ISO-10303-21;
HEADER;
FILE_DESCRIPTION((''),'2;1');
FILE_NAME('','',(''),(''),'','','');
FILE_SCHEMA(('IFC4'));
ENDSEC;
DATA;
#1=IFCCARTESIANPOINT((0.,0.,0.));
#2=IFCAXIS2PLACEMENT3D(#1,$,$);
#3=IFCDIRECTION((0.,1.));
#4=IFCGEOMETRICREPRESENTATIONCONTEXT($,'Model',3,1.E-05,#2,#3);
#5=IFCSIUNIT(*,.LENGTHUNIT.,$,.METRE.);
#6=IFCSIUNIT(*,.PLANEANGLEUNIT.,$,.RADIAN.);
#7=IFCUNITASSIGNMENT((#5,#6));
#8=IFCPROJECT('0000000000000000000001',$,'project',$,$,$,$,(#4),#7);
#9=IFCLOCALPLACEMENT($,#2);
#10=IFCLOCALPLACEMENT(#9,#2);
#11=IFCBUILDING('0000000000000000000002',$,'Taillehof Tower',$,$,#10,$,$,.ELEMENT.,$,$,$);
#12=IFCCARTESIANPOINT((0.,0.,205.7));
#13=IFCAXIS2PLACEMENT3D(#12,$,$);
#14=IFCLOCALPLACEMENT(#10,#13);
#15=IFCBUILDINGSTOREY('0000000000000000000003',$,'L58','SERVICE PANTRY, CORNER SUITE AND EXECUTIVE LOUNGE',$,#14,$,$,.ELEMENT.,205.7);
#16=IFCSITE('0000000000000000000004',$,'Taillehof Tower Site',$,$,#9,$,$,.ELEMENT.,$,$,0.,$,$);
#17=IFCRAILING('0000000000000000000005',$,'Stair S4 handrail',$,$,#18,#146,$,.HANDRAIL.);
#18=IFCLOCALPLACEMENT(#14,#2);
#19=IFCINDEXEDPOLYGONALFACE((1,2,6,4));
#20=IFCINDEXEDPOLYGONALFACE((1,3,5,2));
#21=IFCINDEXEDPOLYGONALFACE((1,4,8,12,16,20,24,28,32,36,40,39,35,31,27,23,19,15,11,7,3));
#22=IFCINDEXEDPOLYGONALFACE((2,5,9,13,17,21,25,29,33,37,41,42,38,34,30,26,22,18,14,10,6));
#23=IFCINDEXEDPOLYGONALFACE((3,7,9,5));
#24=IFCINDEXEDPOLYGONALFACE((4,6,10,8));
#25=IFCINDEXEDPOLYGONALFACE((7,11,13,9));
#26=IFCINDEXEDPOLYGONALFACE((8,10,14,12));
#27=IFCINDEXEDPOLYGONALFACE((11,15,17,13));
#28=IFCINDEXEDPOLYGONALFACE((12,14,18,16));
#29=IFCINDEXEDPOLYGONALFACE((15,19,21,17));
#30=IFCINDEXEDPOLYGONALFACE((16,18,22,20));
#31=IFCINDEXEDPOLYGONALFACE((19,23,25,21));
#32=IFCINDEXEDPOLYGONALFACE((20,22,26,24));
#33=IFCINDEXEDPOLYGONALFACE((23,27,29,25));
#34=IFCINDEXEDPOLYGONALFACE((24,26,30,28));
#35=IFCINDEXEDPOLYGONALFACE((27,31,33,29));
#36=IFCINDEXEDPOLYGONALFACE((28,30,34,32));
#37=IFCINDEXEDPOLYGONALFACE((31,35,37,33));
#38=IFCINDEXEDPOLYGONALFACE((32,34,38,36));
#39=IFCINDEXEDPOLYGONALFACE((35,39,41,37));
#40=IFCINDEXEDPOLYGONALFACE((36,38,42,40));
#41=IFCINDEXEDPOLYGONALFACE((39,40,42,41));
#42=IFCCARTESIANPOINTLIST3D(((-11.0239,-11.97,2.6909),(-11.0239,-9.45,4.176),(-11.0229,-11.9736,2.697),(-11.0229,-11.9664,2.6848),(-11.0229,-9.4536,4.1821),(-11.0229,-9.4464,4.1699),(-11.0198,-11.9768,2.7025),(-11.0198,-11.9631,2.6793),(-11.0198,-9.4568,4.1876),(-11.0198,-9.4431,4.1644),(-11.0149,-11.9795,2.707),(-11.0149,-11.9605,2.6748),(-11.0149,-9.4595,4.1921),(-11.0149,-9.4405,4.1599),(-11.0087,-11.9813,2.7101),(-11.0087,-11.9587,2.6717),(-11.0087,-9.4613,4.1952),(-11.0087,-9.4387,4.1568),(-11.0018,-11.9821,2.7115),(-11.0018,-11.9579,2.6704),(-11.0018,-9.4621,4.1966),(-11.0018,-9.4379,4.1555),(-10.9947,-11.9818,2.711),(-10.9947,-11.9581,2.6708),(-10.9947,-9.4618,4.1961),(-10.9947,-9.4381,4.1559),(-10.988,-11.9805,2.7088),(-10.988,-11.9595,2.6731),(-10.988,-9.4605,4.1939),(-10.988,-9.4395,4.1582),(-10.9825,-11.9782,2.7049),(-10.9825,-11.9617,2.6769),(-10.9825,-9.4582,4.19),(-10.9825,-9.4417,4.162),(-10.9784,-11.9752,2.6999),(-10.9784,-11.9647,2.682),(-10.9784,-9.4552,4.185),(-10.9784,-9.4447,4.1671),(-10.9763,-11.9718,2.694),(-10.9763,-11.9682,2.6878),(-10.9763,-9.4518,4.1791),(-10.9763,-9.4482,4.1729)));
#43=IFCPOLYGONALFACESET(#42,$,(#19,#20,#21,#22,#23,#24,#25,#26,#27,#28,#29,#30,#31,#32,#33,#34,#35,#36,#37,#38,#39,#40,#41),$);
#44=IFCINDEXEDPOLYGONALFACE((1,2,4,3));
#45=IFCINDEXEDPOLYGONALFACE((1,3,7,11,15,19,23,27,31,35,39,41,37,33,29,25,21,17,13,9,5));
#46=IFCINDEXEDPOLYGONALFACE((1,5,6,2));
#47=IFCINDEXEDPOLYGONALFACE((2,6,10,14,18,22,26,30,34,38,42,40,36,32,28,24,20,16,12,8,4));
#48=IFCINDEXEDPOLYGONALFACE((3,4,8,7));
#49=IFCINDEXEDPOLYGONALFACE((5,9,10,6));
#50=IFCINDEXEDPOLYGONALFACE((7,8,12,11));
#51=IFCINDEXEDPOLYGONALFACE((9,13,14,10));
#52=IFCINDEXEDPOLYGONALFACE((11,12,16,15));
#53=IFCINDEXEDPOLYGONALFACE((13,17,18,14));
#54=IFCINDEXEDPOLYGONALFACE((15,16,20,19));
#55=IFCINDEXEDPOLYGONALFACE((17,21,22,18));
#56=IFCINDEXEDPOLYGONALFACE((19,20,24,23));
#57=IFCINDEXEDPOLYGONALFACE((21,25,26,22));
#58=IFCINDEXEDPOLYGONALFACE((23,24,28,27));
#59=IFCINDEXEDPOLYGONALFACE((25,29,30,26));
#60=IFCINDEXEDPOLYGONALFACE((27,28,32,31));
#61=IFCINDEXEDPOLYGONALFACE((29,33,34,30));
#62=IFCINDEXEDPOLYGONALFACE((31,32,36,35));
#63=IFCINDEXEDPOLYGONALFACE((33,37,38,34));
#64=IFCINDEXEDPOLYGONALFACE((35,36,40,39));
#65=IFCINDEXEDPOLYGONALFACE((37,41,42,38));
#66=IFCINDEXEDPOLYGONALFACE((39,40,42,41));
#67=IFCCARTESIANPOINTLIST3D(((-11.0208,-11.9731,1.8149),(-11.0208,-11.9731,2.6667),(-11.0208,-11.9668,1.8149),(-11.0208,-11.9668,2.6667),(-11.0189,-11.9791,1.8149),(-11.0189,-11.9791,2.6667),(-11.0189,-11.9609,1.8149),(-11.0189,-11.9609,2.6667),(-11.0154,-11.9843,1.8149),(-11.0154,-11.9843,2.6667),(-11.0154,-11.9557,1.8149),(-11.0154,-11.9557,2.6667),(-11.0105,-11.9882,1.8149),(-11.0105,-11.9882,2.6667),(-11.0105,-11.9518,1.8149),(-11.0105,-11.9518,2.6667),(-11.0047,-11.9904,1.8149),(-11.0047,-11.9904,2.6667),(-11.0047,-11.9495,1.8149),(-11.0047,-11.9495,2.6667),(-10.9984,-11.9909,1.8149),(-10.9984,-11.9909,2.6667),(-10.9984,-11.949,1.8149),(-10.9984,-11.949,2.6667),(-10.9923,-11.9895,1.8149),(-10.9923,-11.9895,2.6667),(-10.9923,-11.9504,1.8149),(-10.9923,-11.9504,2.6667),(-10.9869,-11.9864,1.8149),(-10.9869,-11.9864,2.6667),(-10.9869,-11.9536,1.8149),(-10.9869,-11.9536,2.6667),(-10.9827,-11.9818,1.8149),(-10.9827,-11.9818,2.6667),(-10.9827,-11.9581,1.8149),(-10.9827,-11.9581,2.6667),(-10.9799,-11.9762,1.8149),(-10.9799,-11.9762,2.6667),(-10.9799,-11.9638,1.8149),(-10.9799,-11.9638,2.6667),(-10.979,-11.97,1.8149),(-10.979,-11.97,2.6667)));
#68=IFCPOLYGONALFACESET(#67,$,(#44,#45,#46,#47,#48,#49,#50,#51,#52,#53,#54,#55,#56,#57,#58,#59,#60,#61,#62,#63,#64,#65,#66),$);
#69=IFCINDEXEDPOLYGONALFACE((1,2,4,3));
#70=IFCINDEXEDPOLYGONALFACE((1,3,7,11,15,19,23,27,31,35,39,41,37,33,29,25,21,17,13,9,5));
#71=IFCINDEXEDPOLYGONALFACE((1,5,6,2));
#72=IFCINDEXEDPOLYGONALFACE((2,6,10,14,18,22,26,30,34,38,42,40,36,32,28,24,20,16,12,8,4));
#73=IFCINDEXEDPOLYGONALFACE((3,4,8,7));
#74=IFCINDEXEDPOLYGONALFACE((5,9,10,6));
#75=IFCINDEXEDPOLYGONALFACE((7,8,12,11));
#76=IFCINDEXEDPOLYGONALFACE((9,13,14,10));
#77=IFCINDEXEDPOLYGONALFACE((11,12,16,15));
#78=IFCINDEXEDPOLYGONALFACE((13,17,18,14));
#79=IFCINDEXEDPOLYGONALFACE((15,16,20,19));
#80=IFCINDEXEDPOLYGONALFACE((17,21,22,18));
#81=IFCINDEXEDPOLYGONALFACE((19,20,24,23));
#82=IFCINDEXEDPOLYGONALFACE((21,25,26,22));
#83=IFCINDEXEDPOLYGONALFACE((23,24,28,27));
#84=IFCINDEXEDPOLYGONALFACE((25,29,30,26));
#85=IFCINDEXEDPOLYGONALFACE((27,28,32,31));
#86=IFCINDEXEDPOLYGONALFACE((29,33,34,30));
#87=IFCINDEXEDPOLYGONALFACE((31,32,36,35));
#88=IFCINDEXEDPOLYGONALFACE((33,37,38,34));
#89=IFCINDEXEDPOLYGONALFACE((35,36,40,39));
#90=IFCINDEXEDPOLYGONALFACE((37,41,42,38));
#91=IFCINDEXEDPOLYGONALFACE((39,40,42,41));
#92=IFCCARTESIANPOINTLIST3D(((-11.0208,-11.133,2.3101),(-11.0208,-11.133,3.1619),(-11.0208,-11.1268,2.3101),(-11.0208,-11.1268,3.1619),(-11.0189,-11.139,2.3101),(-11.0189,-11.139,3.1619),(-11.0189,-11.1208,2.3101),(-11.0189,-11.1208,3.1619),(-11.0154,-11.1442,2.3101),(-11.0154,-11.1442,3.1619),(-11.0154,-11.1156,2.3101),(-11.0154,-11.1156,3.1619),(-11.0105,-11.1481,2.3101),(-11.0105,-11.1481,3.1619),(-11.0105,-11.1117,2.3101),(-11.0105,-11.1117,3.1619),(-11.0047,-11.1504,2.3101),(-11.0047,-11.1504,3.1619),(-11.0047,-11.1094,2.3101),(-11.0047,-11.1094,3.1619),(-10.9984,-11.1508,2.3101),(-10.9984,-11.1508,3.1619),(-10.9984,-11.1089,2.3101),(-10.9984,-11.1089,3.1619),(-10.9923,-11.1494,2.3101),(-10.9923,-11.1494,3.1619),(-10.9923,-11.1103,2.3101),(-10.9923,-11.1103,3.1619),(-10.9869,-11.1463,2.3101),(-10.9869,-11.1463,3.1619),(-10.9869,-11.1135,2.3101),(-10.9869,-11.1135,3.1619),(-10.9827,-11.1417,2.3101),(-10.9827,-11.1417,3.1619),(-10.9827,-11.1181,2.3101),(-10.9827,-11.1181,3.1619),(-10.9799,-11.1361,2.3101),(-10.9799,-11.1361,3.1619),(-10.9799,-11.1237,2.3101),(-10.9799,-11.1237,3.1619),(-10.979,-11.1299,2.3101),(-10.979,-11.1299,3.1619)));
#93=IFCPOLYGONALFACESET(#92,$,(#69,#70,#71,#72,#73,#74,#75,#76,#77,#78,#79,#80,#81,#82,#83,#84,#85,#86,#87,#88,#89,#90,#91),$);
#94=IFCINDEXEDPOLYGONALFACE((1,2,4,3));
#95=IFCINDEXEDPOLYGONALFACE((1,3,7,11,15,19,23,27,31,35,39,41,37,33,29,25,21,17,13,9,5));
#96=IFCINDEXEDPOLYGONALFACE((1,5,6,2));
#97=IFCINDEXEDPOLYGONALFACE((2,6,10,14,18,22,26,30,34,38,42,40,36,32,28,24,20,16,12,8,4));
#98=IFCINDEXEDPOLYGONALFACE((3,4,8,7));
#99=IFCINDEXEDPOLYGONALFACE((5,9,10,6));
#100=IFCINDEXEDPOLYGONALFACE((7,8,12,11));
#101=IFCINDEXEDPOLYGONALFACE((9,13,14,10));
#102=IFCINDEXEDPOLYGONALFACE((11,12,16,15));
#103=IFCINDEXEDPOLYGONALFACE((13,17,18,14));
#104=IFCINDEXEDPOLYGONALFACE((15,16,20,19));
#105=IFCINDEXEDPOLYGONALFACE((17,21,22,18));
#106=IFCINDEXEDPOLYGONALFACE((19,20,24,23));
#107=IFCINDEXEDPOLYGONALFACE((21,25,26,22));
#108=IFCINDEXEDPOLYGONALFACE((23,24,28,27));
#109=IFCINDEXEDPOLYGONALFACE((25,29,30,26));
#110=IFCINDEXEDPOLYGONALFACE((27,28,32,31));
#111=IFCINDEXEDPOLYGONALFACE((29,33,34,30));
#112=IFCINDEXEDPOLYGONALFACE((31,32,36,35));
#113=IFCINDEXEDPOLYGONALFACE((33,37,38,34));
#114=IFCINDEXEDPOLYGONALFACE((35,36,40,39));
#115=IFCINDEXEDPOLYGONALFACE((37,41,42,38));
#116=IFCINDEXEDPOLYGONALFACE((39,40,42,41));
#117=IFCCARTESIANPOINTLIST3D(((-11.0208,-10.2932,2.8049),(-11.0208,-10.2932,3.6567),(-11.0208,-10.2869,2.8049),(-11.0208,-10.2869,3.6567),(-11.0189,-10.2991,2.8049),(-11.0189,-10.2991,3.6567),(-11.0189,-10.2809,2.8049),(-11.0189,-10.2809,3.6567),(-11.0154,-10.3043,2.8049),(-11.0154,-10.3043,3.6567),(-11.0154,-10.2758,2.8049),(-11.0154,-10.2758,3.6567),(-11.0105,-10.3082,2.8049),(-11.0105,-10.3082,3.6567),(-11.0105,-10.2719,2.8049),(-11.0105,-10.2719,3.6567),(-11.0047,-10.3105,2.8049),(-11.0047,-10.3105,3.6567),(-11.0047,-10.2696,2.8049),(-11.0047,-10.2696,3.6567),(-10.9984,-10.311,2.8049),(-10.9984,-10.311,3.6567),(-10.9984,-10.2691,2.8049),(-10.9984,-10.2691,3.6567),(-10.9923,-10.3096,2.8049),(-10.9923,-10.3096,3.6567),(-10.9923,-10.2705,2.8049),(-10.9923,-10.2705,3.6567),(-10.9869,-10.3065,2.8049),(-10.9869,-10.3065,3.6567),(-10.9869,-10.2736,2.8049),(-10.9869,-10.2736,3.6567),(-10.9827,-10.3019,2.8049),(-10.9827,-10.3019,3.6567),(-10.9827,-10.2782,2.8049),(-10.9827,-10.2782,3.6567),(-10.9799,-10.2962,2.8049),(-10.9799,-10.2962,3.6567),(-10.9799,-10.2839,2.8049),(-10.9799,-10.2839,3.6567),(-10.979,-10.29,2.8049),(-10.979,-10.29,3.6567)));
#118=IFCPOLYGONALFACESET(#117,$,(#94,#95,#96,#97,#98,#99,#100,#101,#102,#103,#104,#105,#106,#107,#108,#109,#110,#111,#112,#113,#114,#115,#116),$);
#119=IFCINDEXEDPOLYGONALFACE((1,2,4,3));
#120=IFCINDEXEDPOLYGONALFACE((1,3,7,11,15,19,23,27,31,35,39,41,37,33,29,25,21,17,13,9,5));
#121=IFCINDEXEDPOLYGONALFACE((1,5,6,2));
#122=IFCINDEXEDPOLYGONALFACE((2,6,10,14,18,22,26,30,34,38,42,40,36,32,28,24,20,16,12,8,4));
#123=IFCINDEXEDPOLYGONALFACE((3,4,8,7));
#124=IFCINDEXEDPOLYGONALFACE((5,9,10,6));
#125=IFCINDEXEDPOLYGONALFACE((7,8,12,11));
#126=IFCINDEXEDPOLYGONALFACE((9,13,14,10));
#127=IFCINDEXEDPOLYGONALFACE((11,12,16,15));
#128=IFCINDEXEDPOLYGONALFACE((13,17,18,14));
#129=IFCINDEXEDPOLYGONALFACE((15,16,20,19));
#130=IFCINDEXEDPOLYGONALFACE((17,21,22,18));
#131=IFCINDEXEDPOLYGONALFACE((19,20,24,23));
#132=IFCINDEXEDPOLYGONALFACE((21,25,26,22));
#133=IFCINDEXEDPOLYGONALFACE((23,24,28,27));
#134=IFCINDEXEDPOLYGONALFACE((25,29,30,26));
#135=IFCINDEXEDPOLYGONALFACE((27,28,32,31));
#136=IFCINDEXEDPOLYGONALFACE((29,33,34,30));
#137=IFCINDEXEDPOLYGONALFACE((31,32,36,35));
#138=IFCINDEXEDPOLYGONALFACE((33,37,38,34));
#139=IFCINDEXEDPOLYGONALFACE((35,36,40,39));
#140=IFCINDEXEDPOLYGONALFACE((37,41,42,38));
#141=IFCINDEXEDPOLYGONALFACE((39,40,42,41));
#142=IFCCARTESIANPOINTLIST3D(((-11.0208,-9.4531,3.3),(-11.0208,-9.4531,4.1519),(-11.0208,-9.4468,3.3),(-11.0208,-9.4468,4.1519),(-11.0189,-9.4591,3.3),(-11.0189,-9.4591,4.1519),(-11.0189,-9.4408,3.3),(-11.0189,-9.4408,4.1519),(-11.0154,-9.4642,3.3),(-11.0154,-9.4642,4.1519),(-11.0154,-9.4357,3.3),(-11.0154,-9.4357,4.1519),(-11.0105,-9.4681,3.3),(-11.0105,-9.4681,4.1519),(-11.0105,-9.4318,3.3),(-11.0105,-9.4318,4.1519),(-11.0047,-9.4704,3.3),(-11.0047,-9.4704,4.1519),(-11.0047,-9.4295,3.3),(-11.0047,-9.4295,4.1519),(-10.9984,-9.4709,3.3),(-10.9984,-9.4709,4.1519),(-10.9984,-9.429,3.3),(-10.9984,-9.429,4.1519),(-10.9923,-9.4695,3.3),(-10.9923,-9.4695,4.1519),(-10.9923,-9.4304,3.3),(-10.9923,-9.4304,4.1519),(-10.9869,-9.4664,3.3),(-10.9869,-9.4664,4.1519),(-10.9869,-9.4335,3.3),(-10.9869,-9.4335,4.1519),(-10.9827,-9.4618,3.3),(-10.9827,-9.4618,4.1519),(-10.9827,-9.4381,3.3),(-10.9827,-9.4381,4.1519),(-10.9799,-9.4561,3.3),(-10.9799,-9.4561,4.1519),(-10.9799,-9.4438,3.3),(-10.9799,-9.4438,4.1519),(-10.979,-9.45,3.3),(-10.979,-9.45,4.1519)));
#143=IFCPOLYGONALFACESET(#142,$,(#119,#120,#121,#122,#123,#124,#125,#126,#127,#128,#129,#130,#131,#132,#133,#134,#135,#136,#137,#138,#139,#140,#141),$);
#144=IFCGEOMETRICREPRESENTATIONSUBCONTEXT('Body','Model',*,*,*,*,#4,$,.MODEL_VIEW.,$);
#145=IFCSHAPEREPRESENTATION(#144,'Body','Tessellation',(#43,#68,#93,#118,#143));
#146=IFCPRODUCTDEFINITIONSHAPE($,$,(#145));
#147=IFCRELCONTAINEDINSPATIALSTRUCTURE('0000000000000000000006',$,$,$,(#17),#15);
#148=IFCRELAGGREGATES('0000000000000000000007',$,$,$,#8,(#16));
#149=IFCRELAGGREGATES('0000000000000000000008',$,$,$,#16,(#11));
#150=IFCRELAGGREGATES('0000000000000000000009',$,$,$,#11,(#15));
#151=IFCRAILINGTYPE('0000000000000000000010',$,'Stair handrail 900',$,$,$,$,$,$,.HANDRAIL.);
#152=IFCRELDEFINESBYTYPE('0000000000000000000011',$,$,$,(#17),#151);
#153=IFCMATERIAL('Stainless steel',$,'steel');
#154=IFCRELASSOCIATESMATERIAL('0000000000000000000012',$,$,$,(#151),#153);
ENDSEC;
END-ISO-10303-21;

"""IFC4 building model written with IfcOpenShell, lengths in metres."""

from ifc_helpers import new_model, si_unit, direction, frame, origin, origin_2d, place, context, subcontext, project, spatial, circle, extrude, material, type_object, element, save


model = new_model("IFC4")

# Units and contexts
model_context = context("Model", 3, precision=1e-05, world=origin(), true_north=direction((0.0, 1.0)))
body_context = subcontext(model_context, "Body", "Model", "MODEL_VIEW")
ifc_project = project(units=[si_unit("LENGTHUNIT", "METRE"), si_unit("PLANEANGLEUNIT", "RADIAN")], contexts=[model_context])

# Site, building, storey
site_placement = place(None, origin())
site = spatial("IfcSite", under=ifc_project, at=site_placement, Name="Taillehof Tower Site", CompositionType="ELEMENT", RefElevation=0.0)
building_placement = place(site_placement, origin())
building = spatial("IfcBuilding", under=site, at=building_placement, Name="Taillehof Tower", CompositionType="ELEMENT")
storey_placement = place(building_placement, frame((0.0, 0.0, 205.7)))
storey = spatial("IfcBuildingStorey", under=building, at=storey_placement, Name="L58", Description="SERVICE PANTRY, CORNER SUITE AND EXECUTIVE LOUNGE", CompositionType="ELEMENT", Elevation=205.7)

# Railing
ifc_material_1 = material(Name="Stainless steel", Category="steel")
railing_type = type_object("IfcRailingType", Name="Stair handrail 900", PredefinedType="HANDRAIL", material=ifc_material_1)
railing_placement = place(storey_placement, frame((-11.0, -11.97, 1.8149)))
element("IfcRailing", 1, at=railing_placement, inside=storey, type_object=railing_type, Name="Stair S4 handrail", PredefinedType="HANDRAIL", context=body_context, shape_type="SweptSolid", body=[
    extrude(circle(Radius=0.0239, at=origin_2d()), frame((0.0, 0.0, 0.876), z_axis=(0.0, 0.861524, 0.507717), x_axis=(-1.0, 0.0, 0.0)), (0.0, 0.0, 1.0), 2.925),
    extrude(circle(Radius=0.021, at=origin_2d()), origin(), (0.0, 0.0, 1.0), 0.8518),
    extrude(circle(Radius=0.021, at=origin_2d()), frame((0.0, 0.8401, 0.4951)), (0.0, 0.0, 1.0), 0.8518),
    extrude(circle(Radius=0.021, at=origin_2d()), frame((0.0, 1.6799, 0.99)), (0.0, 0.0, 1.0), 0.8518),
    extrude(circle(Radius=0.021, at=origin_2d()), frame((0.0, 2.52, 1.4851)), (0.0, 0.0, 1.0), 0.8518),
])

save(model, "model.ifc")
